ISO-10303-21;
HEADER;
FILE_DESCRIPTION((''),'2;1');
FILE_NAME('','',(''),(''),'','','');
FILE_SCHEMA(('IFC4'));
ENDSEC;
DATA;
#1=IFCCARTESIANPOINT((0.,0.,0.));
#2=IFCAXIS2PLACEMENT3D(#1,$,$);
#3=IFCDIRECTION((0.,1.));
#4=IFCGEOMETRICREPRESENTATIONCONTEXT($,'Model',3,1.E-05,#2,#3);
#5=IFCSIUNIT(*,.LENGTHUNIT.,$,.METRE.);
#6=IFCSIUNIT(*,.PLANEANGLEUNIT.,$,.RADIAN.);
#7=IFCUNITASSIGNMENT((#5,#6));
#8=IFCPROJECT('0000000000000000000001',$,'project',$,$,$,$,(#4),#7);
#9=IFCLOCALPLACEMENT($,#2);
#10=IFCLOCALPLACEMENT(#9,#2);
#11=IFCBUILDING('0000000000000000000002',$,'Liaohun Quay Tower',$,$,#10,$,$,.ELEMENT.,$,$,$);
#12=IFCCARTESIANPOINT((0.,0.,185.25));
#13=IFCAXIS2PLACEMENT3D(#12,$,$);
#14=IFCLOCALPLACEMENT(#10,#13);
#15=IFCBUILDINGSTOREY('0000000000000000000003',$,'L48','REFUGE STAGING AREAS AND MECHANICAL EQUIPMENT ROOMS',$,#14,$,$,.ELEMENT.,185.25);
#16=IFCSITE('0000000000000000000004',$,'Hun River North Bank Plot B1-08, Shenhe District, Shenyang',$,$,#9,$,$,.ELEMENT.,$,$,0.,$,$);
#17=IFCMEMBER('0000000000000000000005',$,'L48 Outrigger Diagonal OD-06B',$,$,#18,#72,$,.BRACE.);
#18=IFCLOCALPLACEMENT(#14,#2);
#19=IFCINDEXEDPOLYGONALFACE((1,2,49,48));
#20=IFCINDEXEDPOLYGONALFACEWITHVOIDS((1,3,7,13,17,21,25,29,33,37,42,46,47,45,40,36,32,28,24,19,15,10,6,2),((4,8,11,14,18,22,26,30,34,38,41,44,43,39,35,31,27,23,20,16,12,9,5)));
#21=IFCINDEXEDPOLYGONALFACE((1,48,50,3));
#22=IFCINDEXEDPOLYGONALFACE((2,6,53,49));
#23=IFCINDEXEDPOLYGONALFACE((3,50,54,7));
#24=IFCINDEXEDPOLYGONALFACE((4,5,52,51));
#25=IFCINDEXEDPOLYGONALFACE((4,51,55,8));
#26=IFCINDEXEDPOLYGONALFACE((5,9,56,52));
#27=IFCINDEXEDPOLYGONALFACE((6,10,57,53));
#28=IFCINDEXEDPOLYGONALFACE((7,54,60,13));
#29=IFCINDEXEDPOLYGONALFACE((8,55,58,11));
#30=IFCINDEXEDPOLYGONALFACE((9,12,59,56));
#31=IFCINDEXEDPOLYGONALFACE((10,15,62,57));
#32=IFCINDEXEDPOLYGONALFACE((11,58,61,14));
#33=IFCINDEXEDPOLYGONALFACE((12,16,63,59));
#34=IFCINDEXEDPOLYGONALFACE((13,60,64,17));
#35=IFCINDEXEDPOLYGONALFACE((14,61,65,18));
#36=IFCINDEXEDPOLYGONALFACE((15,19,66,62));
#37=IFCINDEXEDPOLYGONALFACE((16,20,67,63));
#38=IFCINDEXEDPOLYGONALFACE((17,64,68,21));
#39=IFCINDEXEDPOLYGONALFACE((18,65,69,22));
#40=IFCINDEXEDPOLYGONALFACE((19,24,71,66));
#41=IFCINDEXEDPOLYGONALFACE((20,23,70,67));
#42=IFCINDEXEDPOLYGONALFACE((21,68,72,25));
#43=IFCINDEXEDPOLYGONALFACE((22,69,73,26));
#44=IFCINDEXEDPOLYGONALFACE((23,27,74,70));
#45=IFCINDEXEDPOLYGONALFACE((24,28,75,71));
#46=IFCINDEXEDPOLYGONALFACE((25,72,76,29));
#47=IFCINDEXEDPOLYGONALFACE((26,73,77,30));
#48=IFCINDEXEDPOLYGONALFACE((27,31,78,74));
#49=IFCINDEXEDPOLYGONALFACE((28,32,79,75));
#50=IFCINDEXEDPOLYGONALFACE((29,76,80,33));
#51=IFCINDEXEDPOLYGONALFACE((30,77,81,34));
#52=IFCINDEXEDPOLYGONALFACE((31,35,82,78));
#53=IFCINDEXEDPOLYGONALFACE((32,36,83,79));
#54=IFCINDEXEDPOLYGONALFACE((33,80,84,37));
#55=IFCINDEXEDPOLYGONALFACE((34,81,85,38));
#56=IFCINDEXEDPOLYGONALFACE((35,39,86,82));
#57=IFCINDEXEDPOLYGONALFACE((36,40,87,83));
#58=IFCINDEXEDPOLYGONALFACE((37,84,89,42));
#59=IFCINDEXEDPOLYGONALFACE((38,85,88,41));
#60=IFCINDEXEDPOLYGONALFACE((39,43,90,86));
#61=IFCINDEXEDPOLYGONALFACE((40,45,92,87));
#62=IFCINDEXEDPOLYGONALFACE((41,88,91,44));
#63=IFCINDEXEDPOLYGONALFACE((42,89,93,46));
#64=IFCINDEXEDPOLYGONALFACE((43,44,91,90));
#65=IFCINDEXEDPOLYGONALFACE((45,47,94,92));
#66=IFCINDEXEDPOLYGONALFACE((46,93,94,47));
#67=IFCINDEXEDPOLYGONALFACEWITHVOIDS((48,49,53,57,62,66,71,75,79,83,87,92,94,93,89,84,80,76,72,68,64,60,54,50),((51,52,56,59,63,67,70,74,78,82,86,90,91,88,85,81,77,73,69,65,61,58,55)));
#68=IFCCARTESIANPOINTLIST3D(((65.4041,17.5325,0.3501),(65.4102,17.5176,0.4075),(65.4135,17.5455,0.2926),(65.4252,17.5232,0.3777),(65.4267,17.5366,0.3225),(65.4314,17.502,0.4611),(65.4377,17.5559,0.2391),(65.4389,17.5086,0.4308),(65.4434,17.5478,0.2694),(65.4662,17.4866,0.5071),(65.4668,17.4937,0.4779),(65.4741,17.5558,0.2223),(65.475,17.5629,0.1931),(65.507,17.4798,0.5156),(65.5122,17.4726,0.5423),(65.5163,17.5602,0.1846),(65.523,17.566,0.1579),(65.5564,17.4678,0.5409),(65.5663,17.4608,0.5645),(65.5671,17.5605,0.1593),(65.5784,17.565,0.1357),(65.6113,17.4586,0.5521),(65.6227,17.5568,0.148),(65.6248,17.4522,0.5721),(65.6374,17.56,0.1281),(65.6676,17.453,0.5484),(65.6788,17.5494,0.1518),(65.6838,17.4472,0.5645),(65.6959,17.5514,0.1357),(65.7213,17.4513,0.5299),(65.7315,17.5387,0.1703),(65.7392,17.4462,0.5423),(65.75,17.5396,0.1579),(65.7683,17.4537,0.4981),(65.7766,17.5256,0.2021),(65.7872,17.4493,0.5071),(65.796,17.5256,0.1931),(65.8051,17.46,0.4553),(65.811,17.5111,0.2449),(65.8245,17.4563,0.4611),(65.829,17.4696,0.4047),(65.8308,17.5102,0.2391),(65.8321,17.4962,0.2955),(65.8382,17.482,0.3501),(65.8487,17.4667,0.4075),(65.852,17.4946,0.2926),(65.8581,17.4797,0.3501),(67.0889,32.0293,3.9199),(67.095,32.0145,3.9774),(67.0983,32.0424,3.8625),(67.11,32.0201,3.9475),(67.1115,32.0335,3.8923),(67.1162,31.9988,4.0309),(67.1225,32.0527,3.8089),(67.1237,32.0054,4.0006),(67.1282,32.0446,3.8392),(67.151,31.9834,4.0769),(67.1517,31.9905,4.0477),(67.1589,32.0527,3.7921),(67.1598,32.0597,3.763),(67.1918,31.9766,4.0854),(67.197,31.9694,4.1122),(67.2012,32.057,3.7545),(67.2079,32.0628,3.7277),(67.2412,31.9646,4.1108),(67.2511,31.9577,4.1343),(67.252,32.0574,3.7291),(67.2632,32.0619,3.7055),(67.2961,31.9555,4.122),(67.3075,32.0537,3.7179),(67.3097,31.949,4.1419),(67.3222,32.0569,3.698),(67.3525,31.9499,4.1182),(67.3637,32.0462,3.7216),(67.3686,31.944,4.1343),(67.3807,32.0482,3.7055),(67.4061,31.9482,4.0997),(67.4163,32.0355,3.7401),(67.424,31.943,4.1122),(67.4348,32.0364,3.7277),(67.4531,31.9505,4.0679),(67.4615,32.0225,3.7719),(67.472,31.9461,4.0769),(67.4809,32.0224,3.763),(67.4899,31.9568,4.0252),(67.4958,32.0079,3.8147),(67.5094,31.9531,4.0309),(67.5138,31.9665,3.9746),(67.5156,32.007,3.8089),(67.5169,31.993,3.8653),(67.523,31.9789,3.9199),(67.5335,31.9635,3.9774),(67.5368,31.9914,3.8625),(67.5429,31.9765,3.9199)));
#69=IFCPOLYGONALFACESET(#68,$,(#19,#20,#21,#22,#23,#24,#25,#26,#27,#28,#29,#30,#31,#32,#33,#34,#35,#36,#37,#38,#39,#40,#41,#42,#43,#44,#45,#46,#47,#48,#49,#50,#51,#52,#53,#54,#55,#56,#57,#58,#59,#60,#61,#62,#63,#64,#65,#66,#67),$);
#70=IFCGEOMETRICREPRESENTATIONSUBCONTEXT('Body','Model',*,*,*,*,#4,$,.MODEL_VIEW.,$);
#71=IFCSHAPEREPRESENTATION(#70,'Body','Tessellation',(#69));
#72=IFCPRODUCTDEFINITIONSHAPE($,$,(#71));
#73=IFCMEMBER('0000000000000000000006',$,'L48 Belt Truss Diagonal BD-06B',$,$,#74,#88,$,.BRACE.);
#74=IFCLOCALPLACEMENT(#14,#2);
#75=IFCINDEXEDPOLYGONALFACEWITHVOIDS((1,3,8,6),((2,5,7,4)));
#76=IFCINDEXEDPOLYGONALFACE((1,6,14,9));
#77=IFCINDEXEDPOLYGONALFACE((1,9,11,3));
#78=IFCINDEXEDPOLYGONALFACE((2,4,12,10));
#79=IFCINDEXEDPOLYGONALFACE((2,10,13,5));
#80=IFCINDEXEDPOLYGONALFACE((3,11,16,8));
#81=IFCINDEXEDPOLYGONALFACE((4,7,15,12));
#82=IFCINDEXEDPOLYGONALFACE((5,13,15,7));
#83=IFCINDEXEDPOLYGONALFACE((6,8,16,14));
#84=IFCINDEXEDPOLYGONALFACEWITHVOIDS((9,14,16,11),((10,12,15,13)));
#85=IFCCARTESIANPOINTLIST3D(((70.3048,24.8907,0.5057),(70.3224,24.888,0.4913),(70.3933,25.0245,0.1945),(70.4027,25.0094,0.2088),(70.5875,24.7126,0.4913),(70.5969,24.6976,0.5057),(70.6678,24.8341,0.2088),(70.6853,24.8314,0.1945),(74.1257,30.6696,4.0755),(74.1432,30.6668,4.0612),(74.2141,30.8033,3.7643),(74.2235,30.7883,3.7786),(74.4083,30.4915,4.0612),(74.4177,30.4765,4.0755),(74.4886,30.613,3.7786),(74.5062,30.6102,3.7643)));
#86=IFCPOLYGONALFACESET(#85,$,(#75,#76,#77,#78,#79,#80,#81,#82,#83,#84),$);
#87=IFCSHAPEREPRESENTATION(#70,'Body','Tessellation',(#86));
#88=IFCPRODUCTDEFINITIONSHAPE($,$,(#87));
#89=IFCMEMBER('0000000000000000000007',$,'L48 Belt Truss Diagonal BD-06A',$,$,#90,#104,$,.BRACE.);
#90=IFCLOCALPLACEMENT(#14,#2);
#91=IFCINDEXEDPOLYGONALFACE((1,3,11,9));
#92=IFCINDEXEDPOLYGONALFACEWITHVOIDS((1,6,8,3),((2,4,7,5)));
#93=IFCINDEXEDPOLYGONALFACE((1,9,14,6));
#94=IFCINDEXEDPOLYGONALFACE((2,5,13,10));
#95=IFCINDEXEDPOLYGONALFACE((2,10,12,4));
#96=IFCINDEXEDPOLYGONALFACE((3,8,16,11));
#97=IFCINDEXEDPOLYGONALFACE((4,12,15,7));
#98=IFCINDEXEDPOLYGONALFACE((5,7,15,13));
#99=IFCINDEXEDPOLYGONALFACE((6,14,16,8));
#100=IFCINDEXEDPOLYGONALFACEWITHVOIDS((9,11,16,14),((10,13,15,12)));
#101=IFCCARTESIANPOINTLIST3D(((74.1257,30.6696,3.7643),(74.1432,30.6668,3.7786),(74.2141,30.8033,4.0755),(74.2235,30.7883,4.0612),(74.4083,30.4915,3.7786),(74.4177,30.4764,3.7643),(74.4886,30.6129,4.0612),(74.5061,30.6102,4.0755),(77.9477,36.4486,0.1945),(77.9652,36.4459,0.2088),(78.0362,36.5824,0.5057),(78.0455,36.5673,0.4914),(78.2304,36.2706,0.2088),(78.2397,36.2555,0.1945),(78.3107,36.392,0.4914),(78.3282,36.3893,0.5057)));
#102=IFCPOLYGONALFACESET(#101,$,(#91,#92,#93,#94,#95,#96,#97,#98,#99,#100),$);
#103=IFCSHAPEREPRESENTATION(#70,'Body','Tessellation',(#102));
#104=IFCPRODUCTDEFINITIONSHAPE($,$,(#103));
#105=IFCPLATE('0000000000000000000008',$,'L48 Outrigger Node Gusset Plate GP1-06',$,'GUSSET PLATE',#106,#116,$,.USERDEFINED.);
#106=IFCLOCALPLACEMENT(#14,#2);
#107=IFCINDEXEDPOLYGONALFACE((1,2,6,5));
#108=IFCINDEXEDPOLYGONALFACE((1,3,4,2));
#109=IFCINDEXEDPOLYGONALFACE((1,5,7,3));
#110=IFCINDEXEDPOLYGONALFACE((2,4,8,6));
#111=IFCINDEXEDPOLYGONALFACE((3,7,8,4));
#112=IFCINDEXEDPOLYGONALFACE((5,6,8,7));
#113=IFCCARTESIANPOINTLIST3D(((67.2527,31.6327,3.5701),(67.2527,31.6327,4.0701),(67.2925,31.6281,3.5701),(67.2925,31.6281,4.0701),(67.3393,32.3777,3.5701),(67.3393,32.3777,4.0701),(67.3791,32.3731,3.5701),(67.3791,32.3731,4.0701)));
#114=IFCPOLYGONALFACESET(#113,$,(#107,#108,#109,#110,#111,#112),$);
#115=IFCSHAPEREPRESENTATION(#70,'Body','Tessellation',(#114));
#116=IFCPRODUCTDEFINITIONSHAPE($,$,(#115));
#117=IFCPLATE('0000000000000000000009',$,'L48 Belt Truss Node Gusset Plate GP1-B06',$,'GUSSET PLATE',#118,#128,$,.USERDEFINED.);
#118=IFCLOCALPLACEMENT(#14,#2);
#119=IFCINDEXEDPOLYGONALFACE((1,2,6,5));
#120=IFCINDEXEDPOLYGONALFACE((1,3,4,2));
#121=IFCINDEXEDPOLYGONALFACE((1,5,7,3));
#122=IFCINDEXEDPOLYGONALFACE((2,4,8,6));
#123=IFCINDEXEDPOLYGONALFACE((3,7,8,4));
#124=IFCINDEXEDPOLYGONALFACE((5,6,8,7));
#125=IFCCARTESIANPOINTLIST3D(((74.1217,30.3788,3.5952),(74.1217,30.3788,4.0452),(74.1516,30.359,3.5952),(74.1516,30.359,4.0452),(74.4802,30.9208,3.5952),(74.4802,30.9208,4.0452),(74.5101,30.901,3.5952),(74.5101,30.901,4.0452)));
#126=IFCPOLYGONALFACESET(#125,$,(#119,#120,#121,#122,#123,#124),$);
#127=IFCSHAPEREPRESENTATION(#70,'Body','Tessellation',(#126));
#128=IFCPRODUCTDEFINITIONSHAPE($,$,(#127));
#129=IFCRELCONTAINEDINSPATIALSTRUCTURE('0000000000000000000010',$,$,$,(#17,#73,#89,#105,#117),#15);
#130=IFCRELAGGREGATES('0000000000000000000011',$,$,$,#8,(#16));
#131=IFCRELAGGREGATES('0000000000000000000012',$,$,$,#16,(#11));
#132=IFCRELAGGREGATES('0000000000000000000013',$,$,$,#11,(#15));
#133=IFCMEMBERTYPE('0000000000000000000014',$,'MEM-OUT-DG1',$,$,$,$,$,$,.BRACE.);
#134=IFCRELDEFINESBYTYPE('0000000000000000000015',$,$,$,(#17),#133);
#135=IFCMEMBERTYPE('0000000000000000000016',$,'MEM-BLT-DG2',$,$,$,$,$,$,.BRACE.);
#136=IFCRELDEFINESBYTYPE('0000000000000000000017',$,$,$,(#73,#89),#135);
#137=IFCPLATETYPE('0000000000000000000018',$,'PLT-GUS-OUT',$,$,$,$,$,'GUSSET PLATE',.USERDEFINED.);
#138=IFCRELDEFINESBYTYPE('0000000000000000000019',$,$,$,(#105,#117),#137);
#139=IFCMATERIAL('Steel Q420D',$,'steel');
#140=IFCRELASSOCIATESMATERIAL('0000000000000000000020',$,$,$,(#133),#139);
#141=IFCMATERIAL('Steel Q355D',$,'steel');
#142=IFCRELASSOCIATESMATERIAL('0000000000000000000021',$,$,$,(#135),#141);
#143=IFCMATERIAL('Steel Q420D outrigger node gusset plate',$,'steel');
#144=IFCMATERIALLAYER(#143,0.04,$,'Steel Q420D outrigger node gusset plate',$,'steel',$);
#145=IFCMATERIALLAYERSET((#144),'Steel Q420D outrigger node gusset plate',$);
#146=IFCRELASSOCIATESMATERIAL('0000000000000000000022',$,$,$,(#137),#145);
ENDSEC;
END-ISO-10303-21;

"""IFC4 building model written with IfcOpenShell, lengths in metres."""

from ifc_helpers import new_model, si_unit, direction, frame, origin, origin_2d, place, context, subcontext, project, spatial, rectangle, hollow_rectangle, hollow_circle, extrude, source, transform, mapped, material, layer, layer_set, material_profile, profile_set, type_object, element, save


model = new_model("IFC4")

# Units and contexts
model_context = context("Model", 3, precision=1e-05, world=origin(), true_north=direction((0.0, 1.0)))
body_context = subcontext(model_context, "Body", "Model", "MODEL_VIEW")
ifc_project = project(units=[si_unit("LENGTHUNIT", "METRE"), si_unit("PLANEANGLEUNIT", "RADIAN")], contexts=[model_context])

# Site, building, storey
site_placement = place(None, origin())
site = spatial("IfcSite", under=ifc_project, at=site_placement, Name="Hun River North Bank Plot B1-08, Shenhe District, Shenyang", CompositionType="ELEMENT", RefElevation=0.0)
building_placement = place(site_placement, origin())
building = spatial("IfcBuilding", under=site, at=building_placement, Name="Liaohun Quay Tower", CompositionType="ELEMENT")
storey_placement = place(building_placement, frame((0.0, 0.0, 185.25)))
storey = spatial("IfcBuildingStorey", under=building, at=storey_placement, Name="L48", Description="REFUGE STAGING AREAS AND MECHANICAL EQUIPMENT ROOMS", CompositionType="ELEMENT", Elevation=185.25)

# Shared definitions
ifc_material_1 = material(Name="Steel Q355D", Category="steel")

# Members
ifc_material_2 = material(Name="Steel Q420D", Category="steel")
ifc_material_profile_1 = material_profile(ifc_material_2, hollow_circle(Radius=0.2285, WallThickness=0.02, at=origin_2d()), Name="CHS457x20")
ifc_profile_set_1 = profile_set([ifc_material_profile_1], Name="Steel Q420D")
member_type_1 = type_object("IfcMemberType", Name="MEM-OUT-DG1", PredefinedType="BRACE", material=ifc_profile_set_1)
shared_shape_1 = source(origin(), body_context, "Body", "SweptSolid", [
    extrude(hollow_circle(Radius=0.2285, WallThickness=0.02, at=origin_2d()), origin(), (0.0, 0.0, 1.0), 15.0247),
])
member_1_placement = place(storey_placement, frame((67.3159, 32.0029, 3.9199), z_axis=(-0.112137, -0.964869, -0.237598), x_axis=(0.993314, -0.115443, 0.0)))
element("IfcMember", 1, at=member_1_placement, inside=storey, type_object=member_type_1, Name="L48 Outrigger Diagonal OD-06B", PredefinedType="BRACE", context=body_context, shape_type="MappedRepresentation", body=[
    mapped(shared_shape_1, transform((0.0, 0.0, 0.0), x_axis=(1.0, 0.0, 0.0), y_axis=(0.0, 1.0, 0.0), z_axis=(0.0, 0.0, 1.0), scale=1.0)),
])
ifc_material_profile_2 = material_profile(ifc_material_1, hollow_rectangle(XDim=0.3501, YDim=0.3501, WallThickness=0.0161, at=origin_2d()), Name="SHS350x350x16")
ifc_profile_set_2 = profile_set([ifc_material_profile_2], Name="Steel Q355D")
member_type_2 = type_object("IfcMemberType", Name="MEM-BLT-DG2", PredefinedType="BRACE", material=ifc_profile_set_2)
shared_shape_2 = source(origin(), body_context, "Body", "SweptSolid", [
    extrude(hollow_rectangle(XDim=0.3501, YDim=0.3501, WallThickness=0.0161, at=origin_2d()), origin(), (0.0, 0.0, 1.0), 7.7935),
])
member_2_placement = place(storey_placement, frame((74.3159, 30.6399, 3.9199), z_axis=(-0.490262, -0.741502, -0.458058), x_axis=(0.834159, -0.551524, 0.0)))
element("IfcMember", 2, at=member_2_placement, inside=storey, type_object=member_type_2, Name="L48 Belt Truss Diagonal BD-06B", PredefinedType="BRACE", context=body_context, shape_type="MappedRepresentation", body=[
    mapped(shared_shape_2, transform((0.0, 0.0, 0.0), x_axis=(1.0, 0.0, 0.0), y_axis=(0.0, 1.0, 0.0), z_axis=(0.0, 0.0, 1.0), scale=1.0)),
])
shared_shape_3 = source(origin(), body_context, "Body", "SweptSolid", [
    extrude(hollow_rectangle(XDim=0.3501, YDim=0.3501, WallThickness=0.0161, at=origin_2d()), origin(), (0.0, 0.0, 1.0), 7.7942),
])
member_3_placement = place(storey_placement, frame((78.1379, 36.4189, 0.3501), z_axis=(-0.49037, -0.741459, 0.458013), x_axis=(0.834088, -0.551631, 0.0)))
element("IfcMember", 3, at=member_3_placement, inside=storey, type_object=member_type_2, Name="L48 Belt Truss Diagonal BD-06A", PredefinedType="BRACE", context=body_context, shape_type="MappedRepresentation", body=[
    mapped(shared_shape_3, transform((0.0, 0.0, 0.0), x_axis=(1.0, 0.0, 0.0), y_axis=(0.0, 1.0, 0.0), z_axis=(0.0, 0.0, 1.0), scale=1.0)),
])

# Plates
ifc_material_3 = material(Name="Steel Q420D outrigger node gusset plate", Category="steel")
ifc_layer = layer(ifc_material_3, 0.04, Name="Steel Q420D outrigger node gusset plate", Category="steel")
ifc_layer_set = layer_set([ifc_layer], Name="Steel Q420D outrigger node gusset plate")
plate_type = type_object("IfcPlateType", Name="PLT-GUS-OUT", ElementType="GUSSET PLATE", PredefinedType="USERDEFINED", material=ifc_layer_set)
shared_shape_4 = source(origin(), body_context, "Body", "SweptSolid", [
    extrude(rectangle(XDim=0.75, YDim=0.04, at=origin_2d()), origin(), (0.0, 0.0, 1.0), 0.5),
])
plate_1_placement = place(storey_placement, frame((67.3159, 32.0029, 3.5701), z_axis=(0.0, 0.0, 1.0), x_axis=(-0.115457, -0.993312, 0.0)))
element("IfcPlate", 4, at=plate_1_placement, inside=storey, type_object=plate_type, Name="L48 Outrigger Node Gusset Plate GP1-06", ObjectType="GUSSET PLATE", PredefinedType="USERDEFINED", context=body_context, shape_type="MappedRepresentation", body=[
    mapped(shared_shape_4, transform((0.0, 0.0, 0.0), x_axis=(1.0, 0.0, 0.0), y_axis=(0.0, 1.0, 0.0), z_axis=(0.0, 0.0, 1.0), scale=1.0)),
])
shared_shape_5 = source(origin(), body_context, "Body", "SweptSolid", [
    extrude(rectangle(XDim=0.6499, YDim=0.0359, at=origin_2d()), origin(), (0.0, 0.0, 1.0), 0.45),
])
plate_2_placement = place(storey_placement, frame((74.3159, 30.6399, 3.5952), z_axis=(0.0, 0.0, 1.0), x_axis=(-0.551646, -0.834078, 0.0)))
element("IfcPlate", 5, at=plate_2_placement, inside=storey, type_object=plate_type, Name="L48 Belt Truss Node Gusset Plate GP1-B06", ObjectType="GUSSET PLATE", PredefinedType="USERDEFINED", context=body_context, shape_type="MappedRepresentation", body=[
    mapped(shared_shape_5, transform((0.0, 0.0, 0.0), x_axis=(1.0, 0.0, 0.0), y_axis=(0.0, 1.0, 0.0), z_axis=(0.0, 0.0, 1.0), scale=1.0)),
])

save(model, "model.ifc")
